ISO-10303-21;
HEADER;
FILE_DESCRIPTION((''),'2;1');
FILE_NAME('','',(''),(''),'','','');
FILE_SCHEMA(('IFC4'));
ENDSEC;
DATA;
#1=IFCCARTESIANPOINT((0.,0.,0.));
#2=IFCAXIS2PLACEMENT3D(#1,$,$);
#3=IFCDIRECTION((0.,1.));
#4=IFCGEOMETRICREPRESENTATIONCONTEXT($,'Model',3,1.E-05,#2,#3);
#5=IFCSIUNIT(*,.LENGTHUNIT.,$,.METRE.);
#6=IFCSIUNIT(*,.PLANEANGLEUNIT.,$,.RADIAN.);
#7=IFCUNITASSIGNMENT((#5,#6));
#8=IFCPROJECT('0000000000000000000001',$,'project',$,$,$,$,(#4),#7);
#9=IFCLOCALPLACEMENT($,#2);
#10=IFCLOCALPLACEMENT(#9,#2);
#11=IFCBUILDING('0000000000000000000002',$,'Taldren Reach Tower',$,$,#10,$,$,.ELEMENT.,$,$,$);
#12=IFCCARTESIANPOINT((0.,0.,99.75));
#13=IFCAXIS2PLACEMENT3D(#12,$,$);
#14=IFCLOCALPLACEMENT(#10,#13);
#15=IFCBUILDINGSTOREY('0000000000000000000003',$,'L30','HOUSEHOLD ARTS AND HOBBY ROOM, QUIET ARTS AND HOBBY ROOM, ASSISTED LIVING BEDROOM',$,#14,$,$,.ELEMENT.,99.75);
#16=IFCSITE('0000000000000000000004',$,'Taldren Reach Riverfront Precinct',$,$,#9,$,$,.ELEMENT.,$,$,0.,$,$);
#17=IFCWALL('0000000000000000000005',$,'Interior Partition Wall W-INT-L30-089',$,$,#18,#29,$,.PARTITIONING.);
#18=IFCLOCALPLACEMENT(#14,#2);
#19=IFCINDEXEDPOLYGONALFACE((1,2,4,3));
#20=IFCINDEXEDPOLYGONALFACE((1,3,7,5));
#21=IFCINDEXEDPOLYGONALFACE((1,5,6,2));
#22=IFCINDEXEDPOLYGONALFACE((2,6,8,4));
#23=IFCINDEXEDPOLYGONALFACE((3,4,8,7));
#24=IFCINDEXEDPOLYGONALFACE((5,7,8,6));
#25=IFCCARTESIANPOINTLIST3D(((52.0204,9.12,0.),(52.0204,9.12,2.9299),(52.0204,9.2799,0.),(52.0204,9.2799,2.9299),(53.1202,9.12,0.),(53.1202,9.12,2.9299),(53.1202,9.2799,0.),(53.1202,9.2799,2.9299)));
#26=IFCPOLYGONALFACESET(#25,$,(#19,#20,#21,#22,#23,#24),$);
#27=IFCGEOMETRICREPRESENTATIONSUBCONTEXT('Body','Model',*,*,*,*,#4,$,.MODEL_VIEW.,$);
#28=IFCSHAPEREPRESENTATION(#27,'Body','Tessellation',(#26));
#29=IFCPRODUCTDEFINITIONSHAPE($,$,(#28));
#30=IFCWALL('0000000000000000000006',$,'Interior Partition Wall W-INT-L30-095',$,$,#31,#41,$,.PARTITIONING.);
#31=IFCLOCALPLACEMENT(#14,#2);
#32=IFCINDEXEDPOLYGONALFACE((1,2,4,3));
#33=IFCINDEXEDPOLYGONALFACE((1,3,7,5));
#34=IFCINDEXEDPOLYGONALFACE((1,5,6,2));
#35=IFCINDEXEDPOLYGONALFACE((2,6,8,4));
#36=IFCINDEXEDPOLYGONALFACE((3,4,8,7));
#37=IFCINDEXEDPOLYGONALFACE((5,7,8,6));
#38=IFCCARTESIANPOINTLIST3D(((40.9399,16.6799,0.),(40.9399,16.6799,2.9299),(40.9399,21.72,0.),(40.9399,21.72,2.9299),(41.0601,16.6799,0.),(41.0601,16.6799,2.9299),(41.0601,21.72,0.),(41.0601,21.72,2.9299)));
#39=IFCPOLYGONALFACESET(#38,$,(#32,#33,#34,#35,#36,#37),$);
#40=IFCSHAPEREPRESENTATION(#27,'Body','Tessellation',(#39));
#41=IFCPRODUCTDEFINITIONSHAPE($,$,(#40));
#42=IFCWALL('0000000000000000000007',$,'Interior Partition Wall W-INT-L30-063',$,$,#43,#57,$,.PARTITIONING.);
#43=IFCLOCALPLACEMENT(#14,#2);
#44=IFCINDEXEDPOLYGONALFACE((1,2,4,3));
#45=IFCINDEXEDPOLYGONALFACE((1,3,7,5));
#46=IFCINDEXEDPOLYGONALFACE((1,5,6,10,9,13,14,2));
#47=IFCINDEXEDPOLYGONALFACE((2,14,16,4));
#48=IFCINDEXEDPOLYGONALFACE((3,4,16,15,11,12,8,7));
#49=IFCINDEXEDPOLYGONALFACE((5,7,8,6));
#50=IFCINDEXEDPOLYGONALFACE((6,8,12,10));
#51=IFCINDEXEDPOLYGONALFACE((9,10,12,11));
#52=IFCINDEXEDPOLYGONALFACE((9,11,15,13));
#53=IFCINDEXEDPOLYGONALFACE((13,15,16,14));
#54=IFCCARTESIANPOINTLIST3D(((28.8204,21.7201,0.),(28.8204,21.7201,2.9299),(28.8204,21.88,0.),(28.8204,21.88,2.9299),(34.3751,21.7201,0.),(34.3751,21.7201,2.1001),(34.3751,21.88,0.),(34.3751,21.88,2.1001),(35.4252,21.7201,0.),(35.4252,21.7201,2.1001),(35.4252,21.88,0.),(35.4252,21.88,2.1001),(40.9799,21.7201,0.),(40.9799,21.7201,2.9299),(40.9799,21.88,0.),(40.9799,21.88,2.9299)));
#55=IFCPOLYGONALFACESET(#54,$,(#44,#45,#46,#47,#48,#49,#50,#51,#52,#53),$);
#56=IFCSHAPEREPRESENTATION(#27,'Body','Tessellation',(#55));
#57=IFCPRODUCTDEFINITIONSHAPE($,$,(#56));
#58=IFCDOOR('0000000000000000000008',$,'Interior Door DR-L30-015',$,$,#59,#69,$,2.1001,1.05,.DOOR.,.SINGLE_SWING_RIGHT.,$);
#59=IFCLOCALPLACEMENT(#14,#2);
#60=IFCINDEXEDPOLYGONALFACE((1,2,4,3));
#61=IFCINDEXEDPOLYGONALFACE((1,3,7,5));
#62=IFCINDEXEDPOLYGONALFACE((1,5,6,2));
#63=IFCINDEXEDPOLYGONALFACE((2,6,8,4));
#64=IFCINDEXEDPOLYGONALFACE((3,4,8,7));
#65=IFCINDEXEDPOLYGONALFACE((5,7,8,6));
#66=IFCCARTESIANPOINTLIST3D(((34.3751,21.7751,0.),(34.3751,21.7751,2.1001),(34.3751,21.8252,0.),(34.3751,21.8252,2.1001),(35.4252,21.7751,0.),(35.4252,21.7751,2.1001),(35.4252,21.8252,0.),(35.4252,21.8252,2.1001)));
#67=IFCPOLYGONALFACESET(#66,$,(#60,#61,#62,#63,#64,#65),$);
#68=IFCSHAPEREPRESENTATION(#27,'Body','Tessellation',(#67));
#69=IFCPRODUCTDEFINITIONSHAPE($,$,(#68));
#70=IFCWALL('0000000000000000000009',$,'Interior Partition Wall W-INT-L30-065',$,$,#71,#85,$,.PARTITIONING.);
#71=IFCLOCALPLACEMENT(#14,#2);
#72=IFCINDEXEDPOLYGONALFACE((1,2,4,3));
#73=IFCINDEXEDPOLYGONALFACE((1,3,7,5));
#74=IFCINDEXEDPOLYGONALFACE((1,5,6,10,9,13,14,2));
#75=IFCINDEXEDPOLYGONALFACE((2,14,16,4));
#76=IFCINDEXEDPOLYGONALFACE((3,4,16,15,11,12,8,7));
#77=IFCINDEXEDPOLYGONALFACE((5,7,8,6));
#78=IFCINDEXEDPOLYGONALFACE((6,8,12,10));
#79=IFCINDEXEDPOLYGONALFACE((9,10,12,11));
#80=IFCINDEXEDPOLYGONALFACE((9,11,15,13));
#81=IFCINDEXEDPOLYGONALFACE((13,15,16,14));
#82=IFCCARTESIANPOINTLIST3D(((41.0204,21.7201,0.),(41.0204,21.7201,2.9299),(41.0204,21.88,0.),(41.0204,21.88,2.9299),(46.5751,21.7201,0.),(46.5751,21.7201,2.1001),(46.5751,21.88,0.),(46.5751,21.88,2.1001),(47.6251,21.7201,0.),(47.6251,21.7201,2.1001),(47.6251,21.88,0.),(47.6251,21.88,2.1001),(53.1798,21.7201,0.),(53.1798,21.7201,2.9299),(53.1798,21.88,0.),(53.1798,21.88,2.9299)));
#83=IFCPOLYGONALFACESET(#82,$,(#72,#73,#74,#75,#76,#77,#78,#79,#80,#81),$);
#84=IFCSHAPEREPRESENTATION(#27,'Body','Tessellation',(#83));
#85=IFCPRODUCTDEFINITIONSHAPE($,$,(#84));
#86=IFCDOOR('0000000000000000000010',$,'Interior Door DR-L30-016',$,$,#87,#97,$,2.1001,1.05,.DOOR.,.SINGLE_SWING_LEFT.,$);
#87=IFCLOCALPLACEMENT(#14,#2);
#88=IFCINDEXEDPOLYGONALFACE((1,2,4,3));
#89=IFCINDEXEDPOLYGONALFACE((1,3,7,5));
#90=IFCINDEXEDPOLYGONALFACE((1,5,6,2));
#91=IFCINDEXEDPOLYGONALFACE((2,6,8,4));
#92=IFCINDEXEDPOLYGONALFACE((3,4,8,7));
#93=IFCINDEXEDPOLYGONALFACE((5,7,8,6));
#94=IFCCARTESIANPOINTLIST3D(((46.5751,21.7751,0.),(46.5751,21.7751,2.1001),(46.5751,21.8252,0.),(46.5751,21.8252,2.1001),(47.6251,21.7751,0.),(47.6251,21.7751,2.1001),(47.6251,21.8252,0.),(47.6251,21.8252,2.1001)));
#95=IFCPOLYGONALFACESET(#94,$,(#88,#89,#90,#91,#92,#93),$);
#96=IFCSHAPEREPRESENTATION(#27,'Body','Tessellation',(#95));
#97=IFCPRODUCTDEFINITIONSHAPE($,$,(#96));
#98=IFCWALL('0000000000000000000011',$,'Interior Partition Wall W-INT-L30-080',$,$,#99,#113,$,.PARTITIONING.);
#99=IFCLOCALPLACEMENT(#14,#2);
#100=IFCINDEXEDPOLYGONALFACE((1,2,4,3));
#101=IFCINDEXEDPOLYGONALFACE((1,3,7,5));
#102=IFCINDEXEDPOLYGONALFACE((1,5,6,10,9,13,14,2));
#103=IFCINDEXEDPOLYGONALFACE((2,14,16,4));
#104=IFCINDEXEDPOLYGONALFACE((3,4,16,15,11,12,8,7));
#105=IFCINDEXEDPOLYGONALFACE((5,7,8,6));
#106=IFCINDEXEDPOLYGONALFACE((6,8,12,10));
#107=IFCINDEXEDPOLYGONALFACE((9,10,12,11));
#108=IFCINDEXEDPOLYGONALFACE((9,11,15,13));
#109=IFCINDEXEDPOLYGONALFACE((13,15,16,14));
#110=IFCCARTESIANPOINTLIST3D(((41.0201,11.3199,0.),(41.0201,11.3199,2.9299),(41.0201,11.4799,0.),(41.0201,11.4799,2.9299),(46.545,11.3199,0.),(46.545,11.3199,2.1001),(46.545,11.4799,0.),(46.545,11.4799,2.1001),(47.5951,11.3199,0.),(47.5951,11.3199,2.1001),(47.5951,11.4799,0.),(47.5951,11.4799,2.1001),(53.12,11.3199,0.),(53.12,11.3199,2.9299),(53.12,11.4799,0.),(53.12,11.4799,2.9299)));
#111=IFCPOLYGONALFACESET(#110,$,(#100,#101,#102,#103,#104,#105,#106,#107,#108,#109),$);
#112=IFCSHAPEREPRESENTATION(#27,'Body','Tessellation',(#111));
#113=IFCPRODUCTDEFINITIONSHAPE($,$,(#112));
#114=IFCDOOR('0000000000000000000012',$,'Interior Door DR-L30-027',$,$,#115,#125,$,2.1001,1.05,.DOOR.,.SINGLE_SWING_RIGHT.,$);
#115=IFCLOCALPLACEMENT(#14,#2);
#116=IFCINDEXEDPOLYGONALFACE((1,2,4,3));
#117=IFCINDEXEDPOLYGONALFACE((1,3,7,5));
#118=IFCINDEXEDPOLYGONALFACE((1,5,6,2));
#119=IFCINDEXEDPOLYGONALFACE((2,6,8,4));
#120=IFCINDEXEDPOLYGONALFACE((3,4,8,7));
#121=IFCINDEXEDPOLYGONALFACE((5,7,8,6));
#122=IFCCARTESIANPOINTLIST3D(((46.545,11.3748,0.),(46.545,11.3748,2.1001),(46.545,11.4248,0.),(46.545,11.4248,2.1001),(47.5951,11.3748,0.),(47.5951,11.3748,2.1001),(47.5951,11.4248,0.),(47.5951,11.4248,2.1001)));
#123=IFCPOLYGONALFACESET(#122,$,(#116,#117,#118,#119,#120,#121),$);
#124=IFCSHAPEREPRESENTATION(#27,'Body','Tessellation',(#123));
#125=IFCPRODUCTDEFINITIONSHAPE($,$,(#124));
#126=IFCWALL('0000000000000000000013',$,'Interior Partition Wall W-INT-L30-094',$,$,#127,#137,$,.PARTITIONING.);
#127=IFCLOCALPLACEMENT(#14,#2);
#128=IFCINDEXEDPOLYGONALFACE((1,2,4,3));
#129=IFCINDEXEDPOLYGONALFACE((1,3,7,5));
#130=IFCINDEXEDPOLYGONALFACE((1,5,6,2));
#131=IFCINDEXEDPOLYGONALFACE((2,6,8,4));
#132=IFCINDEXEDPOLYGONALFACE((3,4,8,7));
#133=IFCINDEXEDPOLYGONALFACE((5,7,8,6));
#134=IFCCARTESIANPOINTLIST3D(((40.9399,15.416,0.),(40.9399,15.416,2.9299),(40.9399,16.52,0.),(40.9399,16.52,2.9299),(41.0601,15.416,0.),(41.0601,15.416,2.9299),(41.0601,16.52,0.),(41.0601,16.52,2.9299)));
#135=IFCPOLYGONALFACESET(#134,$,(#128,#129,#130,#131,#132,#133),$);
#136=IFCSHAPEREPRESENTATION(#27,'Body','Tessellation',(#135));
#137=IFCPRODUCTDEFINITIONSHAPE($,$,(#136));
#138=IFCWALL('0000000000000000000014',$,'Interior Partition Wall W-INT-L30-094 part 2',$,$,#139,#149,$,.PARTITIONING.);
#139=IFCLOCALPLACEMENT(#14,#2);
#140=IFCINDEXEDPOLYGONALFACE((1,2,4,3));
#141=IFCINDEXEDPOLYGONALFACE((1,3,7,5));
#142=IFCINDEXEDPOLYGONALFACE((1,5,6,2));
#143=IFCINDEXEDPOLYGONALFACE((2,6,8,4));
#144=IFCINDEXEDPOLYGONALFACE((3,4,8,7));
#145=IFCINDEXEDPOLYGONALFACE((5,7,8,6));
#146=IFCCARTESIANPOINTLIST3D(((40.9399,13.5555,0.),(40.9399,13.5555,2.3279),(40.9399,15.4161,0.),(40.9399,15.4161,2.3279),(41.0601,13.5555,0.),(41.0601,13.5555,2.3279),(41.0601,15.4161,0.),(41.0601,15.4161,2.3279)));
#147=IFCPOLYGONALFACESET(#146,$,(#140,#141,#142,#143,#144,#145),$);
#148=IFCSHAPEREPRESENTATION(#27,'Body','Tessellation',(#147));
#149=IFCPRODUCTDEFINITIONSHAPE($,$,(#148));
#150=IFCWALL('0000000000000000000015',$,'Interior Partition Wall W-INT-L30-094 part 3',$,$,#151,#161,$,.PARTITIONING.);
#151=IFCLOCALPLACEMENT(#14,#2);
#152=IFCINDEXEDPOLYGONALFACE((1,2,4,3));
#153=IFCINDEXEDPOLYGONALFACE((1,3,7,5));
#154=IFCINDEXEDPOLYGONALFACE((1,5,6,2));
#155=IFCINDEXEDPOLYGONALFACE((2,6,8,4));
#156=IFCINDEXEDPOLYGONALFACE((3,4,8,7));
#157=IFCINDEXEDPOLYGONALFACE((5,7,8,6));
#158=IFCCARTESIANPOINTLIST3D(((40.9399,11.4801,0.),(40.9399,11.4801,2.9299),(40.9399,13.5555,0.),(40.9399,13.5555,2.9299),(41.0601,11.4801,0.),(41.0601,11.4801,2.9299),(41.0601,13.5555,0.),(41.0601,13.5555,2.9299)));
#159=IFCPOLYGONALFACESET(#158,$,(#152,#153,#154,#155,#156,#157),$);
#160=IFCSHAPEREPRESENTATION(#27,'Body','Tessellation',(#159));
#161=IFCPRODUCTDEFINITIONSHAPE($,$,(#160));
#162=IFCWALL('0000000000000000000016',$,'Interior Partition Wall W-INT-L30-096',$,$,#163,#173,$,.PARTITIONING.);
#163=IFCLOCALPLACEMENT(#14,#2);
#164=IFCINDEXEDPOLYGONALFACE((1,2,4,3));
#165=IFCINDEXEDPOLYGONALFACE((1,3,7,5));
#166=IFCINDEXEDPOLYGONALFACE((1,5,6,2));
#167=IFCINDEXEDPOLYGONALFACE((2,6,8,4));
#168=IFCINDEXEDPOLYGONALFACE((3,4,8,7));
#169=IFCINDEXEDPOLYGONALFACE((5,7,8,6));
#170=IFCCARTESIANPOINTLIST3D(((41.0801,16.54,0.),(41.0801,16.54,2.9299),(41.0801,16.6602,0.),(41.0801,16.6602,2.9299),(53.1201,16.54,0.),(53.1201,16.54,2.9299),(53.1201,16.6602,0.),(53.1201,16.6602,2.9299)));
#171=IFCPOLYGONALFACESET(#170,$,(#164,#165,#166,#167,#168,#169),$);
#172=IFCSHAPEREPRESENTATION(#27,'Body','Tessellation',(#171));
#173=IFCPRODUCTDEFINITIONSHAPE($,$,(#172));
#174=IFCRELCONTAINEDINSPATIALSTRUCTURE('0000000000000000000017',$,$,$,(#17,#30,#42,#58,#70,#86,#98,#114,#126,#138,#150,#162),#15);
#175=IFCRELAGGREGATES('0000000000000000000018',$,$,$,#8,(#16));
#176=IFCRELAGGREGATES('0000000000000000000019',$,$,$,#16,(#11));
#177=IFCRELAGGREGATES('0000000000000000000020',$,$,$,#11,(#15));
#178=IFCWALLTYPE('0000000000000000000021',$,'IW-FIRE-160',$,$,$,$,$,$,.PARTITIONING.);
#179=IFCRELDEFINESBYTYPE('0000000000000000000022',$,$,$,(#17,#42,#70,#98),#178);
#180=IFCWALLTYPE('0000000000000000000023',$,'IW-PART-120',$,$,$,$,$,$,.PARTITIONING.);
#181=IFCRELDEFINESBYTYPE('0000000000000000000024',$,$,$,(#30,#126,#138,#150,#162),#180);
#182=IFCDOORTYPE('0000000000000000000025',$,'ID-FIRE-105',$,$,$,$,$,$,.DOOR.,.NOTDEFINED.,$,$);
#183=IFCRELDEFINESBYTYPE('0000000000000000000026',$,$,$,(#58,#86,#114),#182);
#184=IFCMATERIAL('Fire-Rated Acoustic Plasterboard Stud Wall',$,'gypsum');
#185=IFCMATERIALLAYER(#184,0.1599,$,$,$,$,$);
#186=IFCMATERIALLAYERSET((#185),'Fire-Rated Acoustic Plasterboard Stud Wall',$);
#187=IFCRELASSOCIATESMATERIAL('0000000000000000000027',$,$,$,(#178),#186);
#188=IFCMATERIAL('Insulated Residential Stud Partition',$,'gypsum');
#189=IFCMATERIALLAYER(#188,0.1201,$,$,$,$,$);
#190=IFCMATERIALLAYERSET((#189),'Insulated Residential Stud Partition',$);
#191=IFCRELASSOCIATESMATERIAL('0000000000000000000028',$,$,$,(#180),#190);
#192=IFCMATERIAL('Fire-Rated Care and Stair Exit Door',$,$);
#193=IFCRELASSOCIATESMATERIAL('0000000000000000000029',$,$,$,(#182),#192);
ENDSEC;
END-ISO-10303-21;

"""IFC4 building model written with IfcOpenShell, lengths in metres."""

from ifc_helpers import new_model, si_unit, direction, frame, frame_2d, origin, place, context, subcontext, project, spatial, rectangle, extrude, source, transform, mapped, material, layer, layer_set, type_object, element, fill, save


model = new_model("IFC4")

# Units and contexts
model_context = context("Model", 3, precision=1e-05, world=origin(), true_north=direction((0.0, 1.0)))
body_context = subcontext(model_context, "Body", "Model", "MODEL_VIEW")
ifc_project = project(units=[si_unit("LENGTHUNIT", "METRE"), si_unit("PLANEANGLEUNIT", "RADIAN")], contexts=[model_context])

# Site, building, storey
site_placement = place(None, origin())
site = spatial("IfcSite", under=ifc_project, at=site_placement, Name="Taldren Reach Riverfront Precinct", CompositionType="ELEMENT", RefElevation=0.0)
building_placement = place(site_placement, origin())
building = spatial("IfcBuilding", under=site, at=building_placement, Name="Taldren Reach Tower", CompositionType="ELEMENT")
storey_placement = place(building_placement, frame((0.0, 0.0, 99.75)))
storey = spatial("IfcBuildingStorey", under=building, at=storey_placement, Name="L30", Description="HOUSEHOLD ARTS AND HOBBY ROOM, QUIET ARTS AND HOBBY ROOM, ASSISTED LIVING BEDROOM", CompositionType="ELEMENT", Elevation=99.75)

# Walls
ifc_material_1 = material(Name="Fire-Rated Acoustic Plasterboard Stud Wall", Category="gypsum")
ifc_layer_1 = layer(ifc_material_1, 0.1599)
ifc_layer_set_1 = layer_set([ifc_layer_1], Name="Fire-Rated Acoustic Plasterboard Stud Wall")
wall_type_1 = type_object("IfcWallType", Name="IW-FIRE-160", PredefinedType="PARTITIONING", material=ifc_layer_set_1)
shared_shape_1 = source(origin(), body_context, "Body", "SweptSolid", [
    extrude(rectangle(XDim=1.0999, YDim=0.1599, at=frame_2d((0.5498, 0.0))), origin(), (0.0, 0.0, 1.0), 2.9299),
])
wall_1_placement = place(storey_placement, frame((53.1201, 9.2, 0.0), z_axis=(0.0, 0.0, 1.0), x_axis=(-1.0, 0.0, 0.0)))
element("IfcWall", 1, at=wall_1_placement, inside=storey, type_object=wall_type_1, Name="Interior Partition Wall W-INT-L30-089", PredefinedType="PARTITIONING", context=body_context, shape_type="MappedRepresentation", body=[
    mapped(shared_shape_1, transform((0.0, 0.0, 0.0), scale=1.0)),
])
ifc_material_2 = material(Name="Insulated Residential Stud Partition", Category="gypsum")
ifc_layer_2 = layer(ifc_material_2, 0.1201)
ifc_layer_set_2 = layer_set([ifc_layer_2], Name="Insulated Residential Stud Partition")
wall_type_2 = type_object("IfcWallType", Name="IW-PART-120", PredefinedType="PARTITIONING", material=ifc_layer_set_2)
shared_shape_2 = source(origin(), body_context, "Body", "SweptSolid", [
    extrude(rectangle(XDim=5.04, YDim=0.1201, at=frame_2d((2.52, 0.0))), origin(), (0.0, 0.0, 1.0), 2.9299),
])
wall_2_placement = place(storey_placement, frame((41.0, 21.72, 0.0), z_axis=(0.0, 0.0, 1.0), x_axis=(0.0, -1.0, 0.0)))
element("IfcWall", 2, at=wall_2_placement, inside=storey, type_object=wall_type_2, Name="Interior Partition Wall W-INT-L30-095", PredefinedType="PARTITIONING", context=body_context, shape_type="MappedRepresentation", body=[
    mapped(shared_shape_2, transform((0.0, 0.0, 0.0), scale=1.0)),
])

# Walls, openings, doors
shared_shape_3 = source(origin(), body_context, "Body", "SweptSolid", [
    extrude(rectangle(XDim=12.1594, YDim=0.1599, at=frame_2d((6.0796, 0.0))), origin(), (0.0, 0.0, 1.0), 2.9299),
])
wall_3_placement = place(storey_placement, frame((40.9797, 21.8, 0.0), z_axis=(0.0, 0.0, 1.0), x_axis=(-1.0, 0.0, 0.0)))
wall_3 = element("IfcWall", 3, at=wall_3_placement, inside=storey, type_object=wall_type_1, Name="Interior Partition Wall W-INT-L30-063", PredefinedType="PARTITIONING", context=body_context, shape_type="MappedRepresentation", body=[
    mapped(shared_shape_3, transform((0.0, 0.0, 0.0), scale=1.0)),
])
shared_shape_4 = source(origin(), body_context, "Body", "SweptSolid", [
    extrude(rectangle(XDim=1.05, YDim=2.1001, at=frame_2d((0.5249, 1.05))), frame((0.0, 0.0898, 0.0), z_axis=(0.0, -1.0, 0.0), x_axis=(1.0, 0.0, 0.0)), (0.0, 0.0, 1.0), 0.1799),
])
opening_1_placement = place(wall_3_placement, frame((5.5547, 0.0, 0.0)))
opening_1 = element("IfcOpeningElement", 4, at=opening_1_placement, cuts=wall_3, PredefinedType="OPENING", context=body_context, shape_type="MappedRepresentation", body=[
    mapped(shared_shape_4, transform((0.0, 0.0, 0.0), scale=1.0)),
])
ifc_material_3 = material(Name="Fire-Rated Care and Stair Exit Door")
door_type = type_object("IfcDoorType", Name="ID-FIRE-105", OperationType="NOTDEFINED", PredefinedType="DOOR", material=ifc_material_3)
shared_shape_5 = source(origin(), body_context, "Body", "SweptSolid", [
    extrude(rectangle(XDim=1.05, YDim=2.1001, at=frame_2d((0.5249, 1.05))), frame((0.0, 0.0249, 0.0), z_axis=(0.0, -1.0, 0.0), x_axis=(1.0, 0.0, 0.0)), (0.0, 0.0, 1.0), 0.05),
])
door_1_placement = place(opening_1_placement, origin())
door_1 = element("IfcDoor", 5, at=door_1_placement, inside=storey, type_object=door_type, Name="Interior Door DR-L30-015", OperationType="SINGLE_SWING_RIGHT", OverallHeight=2.1001, OverallWidth=1.05, PredefinedType="DOOR", context=body_context, shape_type="MappedRepresentation", body=[
    mapped(shared_shape_5, transform((0.0, 0.0, 0.0), scale=1.0)),
])
fill(opening_1, door_1)
wall_4_placement = place(storey_placement, frame((53.1797, 21.8, 0.0), z_axis=(0.0, 0.0, 1.0), x_axis=(-1.0, 0.0, 0.0)))
wall_4 = element("IfcWall", 6, at=wall_4_placement, inside=storey, type_object=wall_type_1, Name="Interior Partition Wall W-INT-L30-065", PredefinedType="PARTITIONING", context=body_context, shape_type="MappedRepresentation", body=[
    mapped(shared_shape_3, transform((0.0, 0.0, 0.0), scale=1.0)),
])
opening_2_placement = place(wall_4_placement, frame((5.5547, 0.0, 0.0)))
opening_2 = element("IfcOpeningElement", 7, at=opening_2_placement, cuts=wall_4, PredefinedType="OPENING", context=body_context, shape_type="MappedRepresentation", body=[
    mapped(shared_shape_4, transform((0.0, 0.0, 0.0), scale=1.0)),
])
door_2_placement = place(opening_2_placement, origin())
door_2 = element("IfcDoor", 8, at=door_2_placement, inside=storey, type_object=door_type, Name="Interior Door DR-L30-016", OperationType="SINGLE_SWING_LEFT", OverallHeight=2.1001, OverallWidth=1.05, PredefinedType="DOOR", context=body_context, shape_type="MappedRepresentation", body=[
    mapped(shared_shape_5, transform((0.0, 0.0, 0.0), scale=1.0)),
])
fill(opening_2, door_2)
shared_shape_6 = source(origin(), body_context, "Body", "SweptSolid", [
    extrude(rectangle(XDim=12.0999, YDim=0.1599, at=frame_2d((6.0498, 0.0))), origin(), (0.0, 0.0, 1.0), 2.9299),
])
wall_5_placement = place(storey_placement, frame((41.0203, 11.3999, 0.0), z_axis=(0.0, 0.0, 1.0), x_axis=(1.0, 0.0, 0.0)))
wall_5 = element("IfcWall", 9, at=wall_5_placement, inside=storey, type_object=wall_type_1, Name="Interior Partition Wall W-INT-L30-080", PredefinedType="PARTITIONING", context=body_context, shape_type="MappedRepresentation", body=[
    mapped(shared_shape_6, transform((0.0, 0.0, 0.0), scale=1.0)),
])
opening_3_placement = place(wall_5_placement, frame((5.5249, 0.0, 0.0)))
opening_3 = element("IfcOpeningElement", 10, at=opening_3_placement, cuts=wall_5, PredefinedType="OPENING", context=body_context, shape_type="MappedRepresentation", body=[
    mapped(shared_shape_4, transform((0.0, 0.0, 0.0), scale=1.0)),
])
door_3_placement = place(opening_3_placement, origin())
door_3 = element("IfcDoor", 11, at=door_3_placement, inside=storey, type_object=door_type, Name="Interior Door DR-L30-027", OperationType="SINGLE_SWING_RIGHT", OverallHeight=2.1001, OverallWidth=1.05, PredefinedType="DOOR", context=body_context, shape_type="MappedRepresentation", body=[
    mapped(shared_shape_5, transform((0.0, 0.0, 0.0), scale=1.0)),
])
fill(opening_3, door_3)

# Walls
shared_shape_7 = source(origin(), body_context, "Body", "SweptSolid", [
    extrude(rectangle(XDim=1.104, YDim=0.1201, at=frame_2d((0.552, 0.0))), origin(), (0.0, 0.0, 1.0), 2.9299),
])
wall_6_placement = place(storey_placement, frame((41.0, 16.52, 0.0), z_axis=(0.0, 0.0, 1.0), x_axis=(0.0, -1.0, 0.0)))
element("IfcWall", 12, at=wall_6_placement, inside=storey, type_object=wall_type_2, Name="Interior Partition Wall W-INT-L30-094", PredefinedType="PARTITIONING", context=body_context, shape_type="MappedRepresentation", body=[
    mapped(shared_shape_7, transform((0.0, 0.0, 0.0), scale=1.0)),
])
shared_shape_8 = source(origin(), body_context, "Body", "SweptSolid", [
    extrude(rectangle(XDim=1.8606, YDim=0.1201, at=frame_2d((0.9302, 0.0))), origin(), (0.0, 0.0, 1.0), 2.3279),
])
wall_7_placement = place(storey_placement, frame((41.0, 15.416, 0.0), z_axis=(0.0, 0.0, 1.0), x_axis=(0.0, -1.0, 0.0)))
element("IfcWall", 13, at=wall_7_placement, inside=storey, type_object=wall_type_2, Name="Interior Partition Wall W-INT-L30-094 part 2", PredefinedType="PARTITIONING", context=body_context, shape_type="MappedRepresentation", body=[
    mapped(shared_shape_8, transform((0.0, 0.0, 0.0), scale=1.0)),
])
shared_shape_9 = source(origin(), body_context, "Body", "SweptSolid", [
    extrude(rectangle(XDim=2.0754, YDim=0.1201, at=frame_2d((1.0376, 0.0))), origin(), (0.0, 0.0, 1.0), 2.9299),
])
wall_8_placement = place(storey_placement, frame((41.0, 13.5554, 0.0), z_axis=(0.0, 0.0, 1.0), x_axis=(0.0, -1.0, 0.0)))
element("IfcWall", 14, at=wall_8_placement, inside=storey, type_object=wall_type_2, Name="Interior Partition Wall W-INT-L30-094 part 3", PredefinedType="PARTITIONING", context=body_context, shape_type="MappedRepresentation", body=[
    mapped(shared_shape_9, transform((0.0, 0.0, 0.0), scale=1.0)),
])
shared_shape_10 = source(origin(), body_context, "Body", "SweptSolid", [
    extrude(rectangle(XDim=12.04, YDim=0.1201, at=frame_2d((6.02, 0.0))), origin(), (0.0, 0.0, 1.0), 2.9299),
])
wall_9_placement = place(storey_placement, frame((41.0801, 16.6001, 0.0), z_axis=(0.0, 0.0, 1.0), x_axis=(1.0, 0.0, 0.0)))
element("IfcWall", 15, at=wall_9_placement, inside=storey, type_object=wall_type_2, Name="Interior Partition Wall W-INT-L30-096", PredefinedType="PARTITIONING", context=body_context, shape_type="MappedRepresentation", body=[
    mapped(shared_shape_10, transform((0.0, 0.0, 0.0), scale=1.0)),
])

save(model, "model.ifc")
